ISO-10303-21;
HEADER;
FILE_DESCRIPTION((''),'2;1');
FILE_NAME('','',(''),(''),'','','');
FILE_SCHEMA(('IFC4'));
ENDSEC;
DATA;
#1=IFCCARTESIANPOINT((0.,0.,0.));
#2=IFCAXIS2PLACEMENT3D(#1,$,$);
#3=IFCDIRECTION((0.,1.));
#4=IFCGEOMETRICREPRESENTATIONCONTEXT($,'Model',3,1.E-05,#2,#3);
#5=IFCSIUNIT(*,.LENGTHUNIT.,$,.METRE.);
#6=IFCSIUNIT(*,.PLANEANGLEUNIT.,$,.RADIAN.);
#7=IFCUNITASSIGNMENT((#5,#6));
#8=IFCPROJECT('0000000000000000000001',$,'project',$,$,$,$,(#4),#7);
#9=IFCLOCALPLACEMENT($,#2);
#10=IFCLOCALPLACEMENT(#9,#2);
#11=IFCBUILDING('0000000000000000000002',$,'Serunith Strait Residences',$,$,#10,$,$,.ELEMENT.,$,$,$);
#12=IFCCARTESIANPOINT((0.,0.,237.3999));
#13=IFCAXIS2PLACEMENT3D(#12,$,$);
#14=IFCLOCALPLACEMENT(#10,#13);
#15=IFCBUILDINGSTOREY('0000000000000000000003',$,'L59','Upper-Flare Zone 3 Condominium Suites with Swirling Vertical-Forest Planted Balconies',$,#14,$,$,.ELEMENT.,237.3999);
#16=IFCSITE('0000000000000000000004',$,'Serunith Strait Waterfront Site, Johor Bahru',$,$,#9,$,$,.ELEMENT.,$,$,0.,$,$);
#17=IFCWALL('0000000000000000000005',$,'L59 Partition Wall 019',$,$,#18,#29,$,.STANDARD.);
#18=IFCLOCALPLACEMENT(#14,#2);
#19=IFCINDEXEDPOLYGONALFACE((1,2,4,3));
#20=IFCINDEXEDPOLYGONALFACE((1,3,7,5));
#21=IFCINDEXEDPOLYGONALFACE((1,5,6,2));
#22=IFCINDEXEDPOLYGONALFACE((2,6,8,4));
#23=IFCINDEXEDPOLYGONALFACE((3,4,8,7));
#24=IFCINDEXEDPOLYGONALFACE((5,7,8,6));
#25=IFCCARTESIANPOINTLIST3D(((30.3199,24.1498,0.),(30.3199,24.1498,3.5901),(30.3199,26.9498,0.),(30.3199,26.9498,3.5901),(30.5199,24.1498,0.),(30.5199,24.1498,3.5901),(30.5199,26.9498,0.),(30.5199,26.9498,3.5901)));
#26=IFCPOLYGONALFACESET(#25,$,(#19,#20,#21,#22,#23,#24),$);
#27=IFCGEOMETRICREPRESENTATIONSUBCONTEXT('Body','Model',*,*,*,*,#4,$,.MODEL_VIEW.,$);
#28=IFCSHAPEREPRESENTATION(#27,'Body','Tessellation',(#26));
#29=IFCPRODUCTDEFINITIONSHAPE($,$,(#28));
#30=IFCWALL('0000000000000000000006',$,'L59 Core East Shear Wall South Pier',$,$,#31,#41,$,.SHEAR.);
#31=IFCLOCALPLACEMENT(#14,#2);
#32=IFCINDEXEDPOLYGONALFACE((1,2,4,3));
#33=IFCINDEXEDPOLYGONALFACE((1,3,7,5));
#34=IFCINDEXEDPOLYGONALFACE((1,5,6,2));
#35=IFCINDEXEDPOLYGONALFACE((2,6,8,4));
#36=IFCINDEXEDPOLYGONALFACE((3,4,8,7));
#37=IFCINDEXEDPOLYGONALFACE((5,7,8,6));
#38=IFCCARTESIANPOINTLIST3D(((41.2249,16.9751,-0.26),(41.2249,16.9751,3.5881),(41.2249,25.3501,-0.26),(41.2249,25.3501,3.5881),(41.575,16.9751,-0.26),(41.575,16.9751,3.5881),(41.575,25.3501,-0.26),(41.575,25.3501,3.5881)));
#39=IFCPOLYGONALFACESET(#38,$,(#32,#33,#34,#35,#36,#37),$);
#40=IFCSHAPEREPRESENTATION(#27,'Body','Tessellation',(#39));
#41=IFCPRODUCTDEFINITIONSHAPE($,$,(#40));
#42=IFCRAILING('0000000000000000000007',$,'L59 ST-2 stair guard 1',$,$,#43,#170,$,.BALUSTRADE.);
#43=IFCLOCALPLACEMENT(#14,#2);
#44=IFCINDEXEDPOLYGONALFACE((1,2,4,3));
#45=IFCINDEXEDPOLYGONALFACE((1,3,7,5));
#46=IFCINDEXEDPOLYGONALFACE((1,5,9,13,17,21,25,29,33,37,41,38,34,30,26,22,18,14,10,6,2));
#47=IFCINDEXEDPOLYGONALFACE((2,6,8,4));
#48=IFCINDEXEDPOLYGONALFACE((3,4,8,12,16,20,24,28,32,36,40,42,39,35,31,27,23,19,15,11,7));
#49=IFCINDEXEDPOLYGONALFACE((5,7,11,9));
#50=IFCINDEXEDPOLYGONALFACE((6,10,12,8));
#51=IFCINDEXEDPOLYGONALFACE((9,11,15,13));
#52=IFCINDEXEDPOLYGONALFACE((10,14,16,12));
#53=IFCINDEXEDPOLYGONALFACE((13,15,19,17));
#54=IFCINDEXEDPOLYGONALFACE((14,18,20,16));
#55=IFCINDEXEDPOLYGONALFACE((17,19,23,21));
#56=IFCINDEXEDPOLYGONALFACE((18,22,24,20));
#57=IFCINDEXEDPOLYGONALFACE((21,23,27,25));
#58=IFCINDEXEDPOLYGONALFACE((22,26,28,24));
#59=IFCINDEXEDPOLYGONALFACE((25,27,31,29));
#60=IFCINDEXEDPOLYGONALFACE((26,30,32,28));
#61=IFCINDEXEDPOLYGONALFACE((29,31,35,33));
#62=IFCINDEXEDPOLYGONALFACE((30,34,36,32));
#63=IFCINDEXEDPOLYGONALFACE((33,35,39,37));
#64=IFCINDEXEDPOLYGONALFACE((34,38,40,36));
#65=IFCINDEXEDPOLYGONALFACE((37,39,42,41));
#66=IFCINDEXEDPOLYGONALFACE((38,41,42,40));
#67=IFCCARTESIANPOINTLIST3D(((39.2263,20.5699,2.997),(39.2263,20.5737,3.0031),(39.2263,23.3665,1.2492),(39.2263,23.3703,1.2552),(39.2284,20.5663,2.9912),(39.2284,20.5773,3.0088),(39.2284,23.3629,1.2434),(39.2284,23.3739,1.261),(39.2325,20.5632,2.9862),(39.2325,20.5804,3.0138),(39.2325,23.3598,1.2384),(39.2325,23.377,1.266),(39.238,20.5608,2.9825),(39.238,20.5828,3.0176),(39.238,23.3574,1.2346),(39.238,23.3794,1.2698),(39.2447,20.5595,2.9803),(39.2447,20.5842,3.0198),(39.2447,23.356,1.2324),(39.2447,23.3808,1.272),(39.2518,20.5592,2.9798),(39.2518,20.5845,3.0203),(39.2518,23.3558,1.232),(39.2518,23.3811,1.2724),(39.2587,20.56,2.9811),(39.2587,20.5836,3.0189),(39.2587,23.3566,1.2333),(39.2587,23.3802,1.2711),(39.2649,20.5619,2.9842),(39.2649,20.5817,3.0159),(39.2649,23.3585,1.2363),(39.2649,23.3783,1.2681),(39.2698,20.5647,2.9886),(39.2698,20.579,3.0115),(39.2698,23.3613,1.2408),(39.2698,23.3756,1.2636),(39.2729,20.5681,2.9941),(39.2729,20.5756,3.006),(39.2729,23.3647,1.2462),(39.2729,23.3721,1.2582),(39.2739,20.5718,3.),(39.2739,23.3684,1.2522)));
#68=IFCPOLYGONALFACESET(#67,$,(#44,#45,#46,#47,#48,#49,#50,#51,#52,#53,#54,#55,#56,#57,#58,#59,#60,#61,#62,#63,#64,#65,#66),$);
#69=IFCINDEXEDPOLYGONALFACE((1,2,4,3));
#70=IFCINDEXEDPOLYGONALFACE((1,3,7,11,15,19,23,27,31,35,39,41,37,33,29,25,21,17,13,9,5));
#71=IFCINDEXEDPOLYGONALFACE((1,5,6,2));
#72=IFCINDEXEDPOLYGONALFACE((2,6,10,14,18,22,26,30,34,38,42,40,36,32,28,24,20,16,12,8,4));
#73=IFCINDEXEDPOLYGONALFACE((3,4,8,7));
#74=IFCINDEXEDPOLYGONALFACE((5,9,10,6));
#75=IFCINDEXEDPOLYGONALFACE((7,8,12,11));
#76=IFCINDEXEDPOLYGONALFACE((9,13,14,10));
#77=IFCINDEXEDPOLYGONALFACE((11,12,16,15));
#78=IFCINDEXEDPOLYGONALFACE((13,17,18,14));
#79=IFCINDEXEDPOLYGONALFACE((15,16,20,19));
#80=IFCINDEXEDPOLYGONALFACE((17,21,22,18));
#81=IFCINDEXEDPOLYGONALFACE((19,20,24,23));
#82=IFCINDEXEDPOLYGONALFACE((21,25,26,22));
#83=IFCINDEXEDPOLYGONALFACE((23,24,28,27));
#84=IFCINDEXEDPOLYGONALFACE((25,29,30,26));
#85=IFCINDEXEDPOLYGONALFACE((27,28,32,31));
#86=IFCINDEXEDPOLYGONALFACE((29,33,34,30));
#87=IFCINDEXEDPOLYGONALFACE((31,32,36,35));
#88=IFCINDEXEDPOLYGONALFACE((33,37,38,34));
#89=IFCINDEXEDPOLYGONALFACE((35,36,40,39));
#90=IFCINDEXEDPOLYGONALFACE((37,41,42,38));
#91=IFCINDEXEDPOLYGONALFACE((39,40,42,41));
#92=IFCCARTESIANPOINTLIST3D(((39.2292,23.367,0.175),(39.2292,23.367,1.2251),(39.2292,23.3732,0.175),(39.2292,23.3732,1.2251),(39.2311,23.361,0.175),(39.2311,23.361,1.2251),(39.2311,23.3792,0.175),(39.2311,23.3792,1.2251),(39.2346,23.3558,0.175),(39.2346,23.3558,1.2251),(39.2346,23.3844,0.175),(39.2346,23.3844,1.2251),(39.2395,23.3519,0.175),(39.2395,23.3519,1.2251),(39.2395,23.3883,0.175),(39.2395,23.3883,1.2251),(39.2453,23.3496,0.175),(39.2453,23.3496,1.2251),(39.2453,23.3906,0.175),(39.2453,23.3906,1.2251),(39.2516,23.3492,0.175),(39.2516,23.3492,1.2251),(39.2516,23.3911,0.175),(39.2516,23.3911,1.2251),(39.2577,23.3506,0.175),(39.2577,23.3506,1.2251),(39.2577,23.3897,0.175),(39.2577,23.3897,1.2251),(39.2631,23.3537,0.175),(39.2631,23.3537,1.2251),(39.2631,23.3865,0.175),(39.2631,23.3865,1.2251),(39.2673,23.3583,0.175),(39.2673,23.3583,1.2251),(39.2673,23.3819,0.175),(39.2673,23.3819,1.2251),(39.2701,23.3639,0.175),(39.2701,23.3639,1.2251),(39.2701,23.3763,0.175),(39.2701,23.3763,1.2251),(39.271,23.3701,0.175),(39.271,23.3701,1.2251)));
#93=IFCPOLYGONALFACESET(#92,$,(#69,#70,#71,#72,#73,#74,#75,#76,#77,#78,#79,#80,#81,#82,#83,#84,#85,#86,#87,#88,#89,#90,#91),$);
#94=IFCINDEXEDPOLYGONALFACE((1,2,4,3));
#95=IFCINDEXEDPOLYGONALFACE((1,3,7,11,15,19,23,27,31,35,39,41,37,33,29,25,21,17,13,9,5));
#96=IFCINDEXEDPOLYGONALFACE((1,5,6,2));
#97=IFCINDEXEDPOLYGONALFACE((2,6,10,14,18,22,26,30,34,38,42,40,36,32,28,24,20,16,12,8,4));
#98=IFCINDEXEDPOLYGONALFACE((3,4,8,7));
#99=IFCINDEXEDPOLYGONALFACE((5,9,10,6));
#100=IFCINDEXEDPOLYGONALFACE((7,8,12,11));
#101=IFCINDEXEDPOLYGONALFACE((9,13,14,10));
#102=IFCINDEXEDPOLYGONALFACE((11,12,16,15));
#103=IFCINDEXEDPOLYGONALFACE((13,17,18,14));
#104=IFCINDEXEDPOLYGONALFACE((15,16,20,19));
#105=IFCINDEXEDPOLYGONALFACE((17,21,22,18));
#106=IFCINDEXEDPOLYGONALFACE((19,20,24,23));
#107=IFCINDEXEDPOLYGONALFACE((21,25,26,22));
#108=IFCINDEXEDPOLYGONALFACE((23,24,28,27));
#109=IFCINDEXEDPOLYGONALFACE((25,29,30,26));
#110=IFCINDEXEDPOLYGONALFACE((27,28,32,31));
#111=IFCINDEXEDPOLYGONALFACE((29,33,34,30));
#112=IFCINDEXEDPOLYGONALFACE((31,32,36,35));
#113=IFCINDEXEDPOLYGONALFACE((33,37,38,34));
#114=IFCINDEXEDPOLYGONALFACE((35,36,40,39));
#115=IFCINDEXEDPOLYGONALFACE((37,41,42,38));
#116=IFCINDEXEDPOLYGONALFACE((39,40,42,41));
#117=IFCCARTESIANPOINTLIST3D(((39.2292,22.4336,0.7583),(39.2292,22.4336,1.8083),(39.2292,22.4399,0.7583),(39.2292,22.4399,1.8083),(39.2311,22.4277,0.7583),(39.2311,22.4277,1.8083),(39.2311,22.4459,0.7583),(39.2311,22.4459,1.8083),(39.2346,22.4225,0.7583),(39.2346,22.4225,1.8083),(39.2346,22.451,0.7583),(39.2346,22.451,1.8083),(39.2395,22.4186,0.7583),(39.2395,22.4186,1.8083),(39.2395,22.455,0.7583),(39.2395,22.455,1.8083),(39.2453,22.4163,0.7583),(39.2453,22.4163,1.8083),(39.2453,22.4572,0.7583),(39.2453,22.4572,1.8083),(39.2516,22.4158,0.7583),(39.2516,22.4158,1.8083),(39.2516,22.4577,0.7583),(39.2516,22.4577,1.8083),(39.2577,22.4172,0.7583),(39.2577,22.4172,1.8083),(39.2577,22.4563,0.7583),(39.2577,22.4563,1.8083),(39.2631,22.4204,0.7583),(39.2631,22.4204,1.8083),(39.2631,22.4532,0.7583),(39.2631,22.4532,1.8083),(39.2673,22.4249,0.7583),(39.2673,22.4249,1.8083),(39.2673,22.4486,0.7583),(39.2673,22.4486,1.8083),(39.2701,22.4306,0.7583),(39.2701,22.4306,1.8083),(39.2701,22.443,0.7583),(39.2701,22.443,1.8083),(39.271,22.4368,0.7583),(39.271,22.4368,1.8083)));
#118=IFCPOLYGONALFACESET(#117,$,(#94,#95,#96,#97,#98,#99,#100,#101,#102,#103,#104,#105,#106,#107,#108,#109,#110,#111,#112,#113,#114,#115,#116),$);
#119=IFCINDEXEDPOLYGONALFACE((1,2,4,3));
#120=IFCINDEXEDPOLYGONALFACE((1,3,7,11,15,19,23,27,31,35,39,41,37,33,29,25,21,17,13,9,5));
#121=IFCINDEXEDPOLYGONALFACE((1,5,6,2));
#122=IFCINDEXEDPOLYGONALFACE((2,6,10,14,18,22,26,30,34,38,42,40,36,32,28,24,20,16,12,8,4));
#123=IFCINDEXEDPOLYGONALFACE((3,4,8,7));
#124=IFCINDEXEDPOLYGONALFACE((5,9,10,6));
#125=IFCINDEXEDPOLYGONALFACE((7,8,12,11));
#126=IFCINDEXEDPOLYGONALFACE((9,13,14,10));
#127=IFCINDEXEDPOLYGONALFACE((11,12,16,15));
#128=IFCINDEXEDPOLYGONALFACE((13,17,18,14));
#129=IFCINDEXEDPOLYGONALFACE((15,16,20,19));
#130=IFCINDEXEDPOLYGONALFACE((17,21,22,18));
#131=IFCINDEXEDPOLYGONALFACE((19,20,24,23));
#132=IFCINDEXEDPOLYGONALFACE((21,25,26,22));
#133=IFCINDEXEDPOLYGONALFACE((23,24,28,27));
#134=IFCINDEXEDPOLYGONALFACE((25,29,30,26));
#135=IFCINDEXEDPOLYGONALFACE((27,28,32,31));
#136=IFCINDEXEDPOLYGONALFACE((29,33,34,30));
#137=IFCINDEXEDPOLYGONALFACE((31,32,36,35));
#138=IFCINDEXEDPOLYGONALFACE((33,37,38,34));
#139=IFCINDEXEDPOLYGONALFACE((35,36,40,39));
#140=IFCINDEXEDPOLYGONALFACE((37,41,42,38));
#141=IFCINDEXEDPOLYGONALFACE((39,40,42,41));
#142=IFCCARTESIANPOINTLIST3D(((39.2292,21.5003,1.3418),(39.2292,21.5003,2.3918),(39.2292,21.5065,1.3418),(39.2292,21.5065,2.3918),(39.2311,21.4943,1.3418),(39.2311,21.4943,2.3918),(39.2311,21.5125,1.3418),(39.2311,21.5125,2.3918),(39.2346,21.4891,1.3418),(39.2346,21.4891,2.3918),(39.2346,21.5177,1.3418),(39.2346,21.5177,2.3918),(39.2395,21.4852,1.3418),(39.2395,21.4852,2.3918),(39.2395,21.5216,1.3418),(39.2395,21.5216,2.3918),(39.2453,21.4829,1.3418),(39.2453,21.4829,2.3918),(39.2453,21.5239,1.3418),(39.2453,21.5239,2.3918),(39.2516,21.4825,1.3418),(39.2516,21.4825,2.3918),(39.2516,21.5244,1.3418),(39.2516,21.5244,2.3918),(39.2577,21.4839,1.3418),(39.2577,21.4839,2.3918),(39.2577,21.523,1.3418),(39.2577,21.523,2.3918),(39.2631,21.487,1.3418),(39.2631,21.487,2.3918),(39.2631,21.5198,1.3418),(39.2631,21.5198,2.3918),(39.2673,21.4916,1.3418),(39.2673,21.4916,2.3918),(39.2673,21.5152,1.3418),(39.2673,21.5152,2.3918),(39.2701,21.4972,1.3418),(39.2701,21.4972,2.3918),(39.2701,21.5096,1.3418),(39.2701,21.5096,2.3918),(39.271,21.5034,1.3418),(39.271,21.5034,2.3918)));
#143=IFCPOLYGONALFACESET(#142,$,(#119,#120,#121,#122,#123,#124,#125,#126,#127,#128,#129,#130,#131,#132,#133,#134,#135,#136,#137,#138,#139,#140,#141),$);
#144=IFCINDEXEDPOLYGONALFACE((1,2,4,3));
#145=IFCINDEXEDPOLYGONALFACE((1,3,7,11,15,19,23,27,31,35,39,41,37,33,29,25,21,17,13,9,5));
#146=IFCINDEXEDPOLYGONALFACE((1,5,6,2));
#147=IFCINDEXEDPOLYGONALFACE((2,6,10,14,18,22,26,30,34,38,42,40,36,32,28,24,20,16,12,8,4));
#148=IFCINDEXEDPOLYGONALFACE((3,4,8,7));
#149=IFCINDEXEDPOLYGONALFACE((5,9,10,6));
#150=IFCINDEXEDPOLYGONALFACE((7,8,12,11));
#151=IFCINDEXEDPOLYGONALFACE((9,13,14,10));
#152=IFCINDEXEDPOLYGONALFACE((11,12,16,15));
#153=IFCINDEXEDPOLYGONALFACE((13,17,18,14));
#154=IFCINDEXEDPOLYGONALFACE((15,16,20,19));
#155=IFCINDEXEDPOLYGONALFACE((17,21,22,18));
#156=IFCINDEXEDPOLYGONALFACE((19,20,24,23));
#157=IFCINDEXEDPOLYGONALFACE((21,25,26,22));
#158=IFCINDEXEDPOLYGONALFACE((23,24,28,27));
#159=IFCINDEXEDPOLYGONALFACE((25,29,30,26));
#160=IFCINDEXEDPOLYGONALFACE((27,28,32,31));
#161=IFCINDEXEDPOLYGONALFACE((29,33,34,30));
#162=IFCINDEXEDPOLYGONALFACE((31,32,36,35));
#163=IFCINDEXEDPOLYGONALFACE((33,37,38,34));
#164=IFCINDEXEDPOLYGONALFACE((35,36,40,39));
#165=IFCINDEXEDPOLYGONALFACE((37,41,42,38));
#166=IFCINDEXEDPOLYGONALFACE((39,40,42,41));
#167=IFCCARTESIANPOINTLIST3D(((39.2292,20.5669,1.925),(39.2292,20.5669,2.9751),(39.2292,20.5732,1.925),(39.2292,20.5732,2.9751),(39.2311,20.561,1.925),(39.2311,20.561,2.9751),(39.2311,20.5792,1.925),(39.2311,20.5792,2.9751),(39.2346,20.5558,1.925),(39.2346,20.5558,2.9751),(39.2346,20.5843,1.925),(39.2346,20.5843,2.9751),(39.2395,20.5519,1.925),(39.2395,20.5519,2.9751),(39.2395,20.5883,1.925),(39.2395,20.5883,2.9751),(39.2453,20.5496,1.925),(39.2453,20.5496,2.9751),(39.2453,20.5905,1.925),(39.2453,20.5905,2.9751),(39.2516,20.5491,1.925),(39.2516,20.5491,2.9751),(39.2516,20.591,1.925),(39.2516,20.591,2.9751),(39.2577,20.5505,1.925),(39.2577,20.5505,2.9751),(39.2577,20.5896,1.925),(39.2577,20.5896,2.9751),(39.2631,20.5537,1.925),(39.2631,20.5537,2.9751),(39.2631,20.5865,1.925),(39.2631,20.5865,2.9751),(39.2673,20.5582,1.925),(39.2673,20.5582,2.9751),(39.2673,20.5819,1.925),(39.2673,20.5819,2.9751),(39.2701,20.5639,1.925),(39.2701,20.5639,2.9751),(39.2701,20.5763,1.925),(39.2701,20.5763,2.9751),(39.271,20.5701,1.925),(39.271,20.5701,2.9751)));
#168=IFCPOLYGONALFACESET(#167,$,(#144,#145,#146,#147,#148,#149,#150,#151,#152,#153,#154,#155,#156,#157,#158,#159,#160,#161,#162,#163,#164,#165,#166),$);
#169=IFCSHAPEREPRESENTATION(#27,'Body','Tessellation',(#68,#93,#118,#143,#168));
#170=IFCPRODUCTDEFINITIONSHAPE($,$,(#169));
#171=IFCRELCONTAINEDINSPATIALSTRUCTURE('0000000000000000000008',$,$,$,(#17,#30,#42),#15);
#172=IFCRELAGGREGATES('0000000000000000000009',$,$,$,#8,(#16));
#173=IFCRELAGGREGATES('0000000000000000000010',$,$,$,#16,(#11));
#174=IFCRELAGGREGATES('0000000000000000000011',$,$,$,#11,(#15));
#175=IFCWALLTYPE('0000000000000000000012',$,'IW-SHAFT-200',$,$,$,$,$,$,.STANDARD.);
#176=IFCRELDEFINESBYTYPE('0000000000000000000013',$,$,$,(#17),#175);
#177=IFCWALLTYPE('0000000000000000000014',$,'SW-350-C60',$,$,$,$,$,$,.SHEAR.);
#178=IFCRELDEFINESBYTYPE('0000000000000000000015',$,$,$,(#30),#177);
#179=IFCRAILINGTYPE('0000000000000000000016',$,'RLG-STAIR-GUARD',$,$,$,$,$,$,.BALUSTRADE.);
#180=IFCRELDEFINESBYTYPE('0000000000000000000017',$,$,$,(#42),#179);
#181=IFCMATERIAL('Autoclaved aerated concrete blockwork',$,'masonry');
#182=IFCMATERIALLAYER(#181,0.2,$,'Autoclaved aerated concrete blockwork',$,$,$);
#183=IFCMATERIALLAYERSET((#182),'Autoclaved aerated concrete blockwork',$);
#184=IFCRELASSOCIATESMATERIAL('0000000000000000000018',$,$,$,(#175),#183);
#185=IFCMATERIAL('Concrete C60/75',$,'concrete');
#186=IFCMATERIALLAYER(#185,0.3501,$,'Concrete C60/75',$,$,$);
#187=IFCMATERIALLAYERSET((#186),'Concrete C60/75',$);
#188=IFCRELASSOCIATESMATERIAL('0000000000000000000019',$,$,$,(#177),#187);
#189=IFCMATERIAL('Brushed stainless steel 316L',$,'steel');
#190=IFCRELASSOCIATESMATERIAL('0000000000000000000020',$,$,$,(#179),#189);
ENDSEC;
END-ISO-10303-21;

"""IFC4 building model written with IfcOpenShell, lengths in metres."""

from ifc_helpers import new_model, si_unit, direction, frame, frame_2d, origin, origin_2d, place, context, subcontext, project, spatial, rectangle, circle, extrude, material, layer, layer_set, type_object, element, save


model = new_model("IFC4")

# Units and contexts
model_context = context("Model", 3, precision=1e-05, world=origin(), true_north=direction((0.0, 1.0)))
body_context = subcontext(model_context, "Body", "Model", "MODEL_VIEW")
ifc_project = project(units=[si_unit("LENGTHUNIT", "METRE"), si_unit("PLANEANGLEUNIT", "RADIAN")], contexts=[model_context])

# Site, building, storey
site_placement = place(None, origin())
site = spatial("IfcSite", under=ifc_project, at=site_placement, Name="Serunith Strait Waterfront Site, Johor Bahru", CompositionType="ELEMENT", RefElevation=0.0)
building_placement = place(site_placement, origin())
building = spatial("IfcBuilding", under=site, at=building_placement, Name="Serunith Strait Residences", CompositionType="ELEMENT")
storey_placement = place(building_placement, frame((0.0, 0.0, 237.3999)))
storey = spatial("IfcBuildingStorey", under=building, at=storey_placement, Name="L59", Description="Upper-Flare Zone 3 Condominium Suites with Swirling Vertical-Forest Planted Balconies", CompositionType="ELEMENT", Elevation=237.3999)

# Shared definitions
ifc_material_1 = material(Name="Concrete C60/75", Category="concrete")

# Shared definitions
ifc_material_2 = material(Name="Autoclaved aerated concrete blockwork", Category="masonry")
ifc_layer_1 = layer(ifc_material_2, 0.2, Name="Autoclaved aerated concrete blockwork")
ifc_layer_set_1 = layer_set([ifc_layer_1], Name="Autoclaved aerated concrete blockwork")
wall_type_1 = type_object("IfcWallType", Name="IW-SHAFT-200", PredefinedType="STANDARD", material=ifc_layer_set_1)

# Walls
wall_1_placement = place(storey_placement, frame((30.4199, 24.1499, 0.0), z_axis=(0.0, 0.0, 1.0), x_axis=(0.0, 1.0, 0.0)))
element("IfcWall", 1, at=wall_1_placement, inside=storey, type_object=wall_type_1, Name="L59 Partition Wall 019", PredefinedType="STANDARD", context=body_context, shape_type="SweptSolid", body=[
    extrude(rectangle(XDim=2.8, YDim=0.2, at=frame_2d((1.3999, 0.0))), origin(), (0.0, 0.0, 1.0), 3.5901),
])
ifc_layer_2 = layer(ifc_material_1, 0.3501, Name="Concrete C60/75")
ifc_layer_set_2 = layer_set([ifc_layer_2], Name="Concrete C60/75")
wall_type_2 = type_object("IfcWallType", Name="SW-350-C60", PredefinedType="SHEAR", material=ifc_layer_set_2)
wall_2_placement = place(storey_placement, frame((41.3999, 16.9751, -0.26), z_axis=(0.0, 0.0, 1.0), x_axis=(0.0, 1.0, 0.0)))
element("IfcWall", 2, at=wall_2_placement, inside=storey, type_object=wall_type_2, Name="L59 Core East Shear Wall South Pier", PredefinedType="SHEAR", context=body_context, shape_type="SweptSolid", body=[
    extrude(rectangle(XDim=8.375, YDim=0.3501, at=frame_2d((4.1875, 0.0))), origin(), (0.0, 0.0, 1.0), 3.8481),
])

# Railing
ifc_material_3 = material(Name="Brushed stainless steel 316L", Category="steel")
railing_type_1 = type_object("IfcRailingType", Name="RLG-STAIR-GUARD", PredefinedType="BALUSTRADE", material=ifc_material_3)
railing_1_placement = place(storey_placement, frame((39.25, 23.3701, 0.175)))
element("IfcRailing", 3, at=railing_1_placement, inside=storey, type_object=railing_type_1, Name="L59 ST-2 stair guard 1", PredefinedType="BALUSTRADE", context=body_context, shape_type="SweptSolid", body=[
    extrude(circle(Radius=0.0239, at=origin_2d()), frame((0.0, -0.0017, 1.0771), z_axis=(0.0, -0.848002, 0.529992), x_axis=(1.0, 0.0, 0.0)), (0.0, 0.0, 1.0), 3.2979),
    extrude(circle(Radius=0.021, at=origin_2d()), origin(), (0.0, 0.0, 1.0), 1.05),
    extrude(circle(Radius=0.021, at=origin_2d()), frame((0.0, -0.9333, 0.5833)), (0.0, 0.0, 1.0), 1.05),
    extrude(circle(Radius=0.021, at=origin_2d()), frame((0.0, -1.8667, 1.1667)), (0.0, 0.0, 1.0), 1.05),
    extrude(circle(Radius=0.021, at=origin_2d()), frame((0.0, -2.8, 1.75)), (0.0, 0.0, 1.0), 1.05),
])

save(model, "model.ifc")
